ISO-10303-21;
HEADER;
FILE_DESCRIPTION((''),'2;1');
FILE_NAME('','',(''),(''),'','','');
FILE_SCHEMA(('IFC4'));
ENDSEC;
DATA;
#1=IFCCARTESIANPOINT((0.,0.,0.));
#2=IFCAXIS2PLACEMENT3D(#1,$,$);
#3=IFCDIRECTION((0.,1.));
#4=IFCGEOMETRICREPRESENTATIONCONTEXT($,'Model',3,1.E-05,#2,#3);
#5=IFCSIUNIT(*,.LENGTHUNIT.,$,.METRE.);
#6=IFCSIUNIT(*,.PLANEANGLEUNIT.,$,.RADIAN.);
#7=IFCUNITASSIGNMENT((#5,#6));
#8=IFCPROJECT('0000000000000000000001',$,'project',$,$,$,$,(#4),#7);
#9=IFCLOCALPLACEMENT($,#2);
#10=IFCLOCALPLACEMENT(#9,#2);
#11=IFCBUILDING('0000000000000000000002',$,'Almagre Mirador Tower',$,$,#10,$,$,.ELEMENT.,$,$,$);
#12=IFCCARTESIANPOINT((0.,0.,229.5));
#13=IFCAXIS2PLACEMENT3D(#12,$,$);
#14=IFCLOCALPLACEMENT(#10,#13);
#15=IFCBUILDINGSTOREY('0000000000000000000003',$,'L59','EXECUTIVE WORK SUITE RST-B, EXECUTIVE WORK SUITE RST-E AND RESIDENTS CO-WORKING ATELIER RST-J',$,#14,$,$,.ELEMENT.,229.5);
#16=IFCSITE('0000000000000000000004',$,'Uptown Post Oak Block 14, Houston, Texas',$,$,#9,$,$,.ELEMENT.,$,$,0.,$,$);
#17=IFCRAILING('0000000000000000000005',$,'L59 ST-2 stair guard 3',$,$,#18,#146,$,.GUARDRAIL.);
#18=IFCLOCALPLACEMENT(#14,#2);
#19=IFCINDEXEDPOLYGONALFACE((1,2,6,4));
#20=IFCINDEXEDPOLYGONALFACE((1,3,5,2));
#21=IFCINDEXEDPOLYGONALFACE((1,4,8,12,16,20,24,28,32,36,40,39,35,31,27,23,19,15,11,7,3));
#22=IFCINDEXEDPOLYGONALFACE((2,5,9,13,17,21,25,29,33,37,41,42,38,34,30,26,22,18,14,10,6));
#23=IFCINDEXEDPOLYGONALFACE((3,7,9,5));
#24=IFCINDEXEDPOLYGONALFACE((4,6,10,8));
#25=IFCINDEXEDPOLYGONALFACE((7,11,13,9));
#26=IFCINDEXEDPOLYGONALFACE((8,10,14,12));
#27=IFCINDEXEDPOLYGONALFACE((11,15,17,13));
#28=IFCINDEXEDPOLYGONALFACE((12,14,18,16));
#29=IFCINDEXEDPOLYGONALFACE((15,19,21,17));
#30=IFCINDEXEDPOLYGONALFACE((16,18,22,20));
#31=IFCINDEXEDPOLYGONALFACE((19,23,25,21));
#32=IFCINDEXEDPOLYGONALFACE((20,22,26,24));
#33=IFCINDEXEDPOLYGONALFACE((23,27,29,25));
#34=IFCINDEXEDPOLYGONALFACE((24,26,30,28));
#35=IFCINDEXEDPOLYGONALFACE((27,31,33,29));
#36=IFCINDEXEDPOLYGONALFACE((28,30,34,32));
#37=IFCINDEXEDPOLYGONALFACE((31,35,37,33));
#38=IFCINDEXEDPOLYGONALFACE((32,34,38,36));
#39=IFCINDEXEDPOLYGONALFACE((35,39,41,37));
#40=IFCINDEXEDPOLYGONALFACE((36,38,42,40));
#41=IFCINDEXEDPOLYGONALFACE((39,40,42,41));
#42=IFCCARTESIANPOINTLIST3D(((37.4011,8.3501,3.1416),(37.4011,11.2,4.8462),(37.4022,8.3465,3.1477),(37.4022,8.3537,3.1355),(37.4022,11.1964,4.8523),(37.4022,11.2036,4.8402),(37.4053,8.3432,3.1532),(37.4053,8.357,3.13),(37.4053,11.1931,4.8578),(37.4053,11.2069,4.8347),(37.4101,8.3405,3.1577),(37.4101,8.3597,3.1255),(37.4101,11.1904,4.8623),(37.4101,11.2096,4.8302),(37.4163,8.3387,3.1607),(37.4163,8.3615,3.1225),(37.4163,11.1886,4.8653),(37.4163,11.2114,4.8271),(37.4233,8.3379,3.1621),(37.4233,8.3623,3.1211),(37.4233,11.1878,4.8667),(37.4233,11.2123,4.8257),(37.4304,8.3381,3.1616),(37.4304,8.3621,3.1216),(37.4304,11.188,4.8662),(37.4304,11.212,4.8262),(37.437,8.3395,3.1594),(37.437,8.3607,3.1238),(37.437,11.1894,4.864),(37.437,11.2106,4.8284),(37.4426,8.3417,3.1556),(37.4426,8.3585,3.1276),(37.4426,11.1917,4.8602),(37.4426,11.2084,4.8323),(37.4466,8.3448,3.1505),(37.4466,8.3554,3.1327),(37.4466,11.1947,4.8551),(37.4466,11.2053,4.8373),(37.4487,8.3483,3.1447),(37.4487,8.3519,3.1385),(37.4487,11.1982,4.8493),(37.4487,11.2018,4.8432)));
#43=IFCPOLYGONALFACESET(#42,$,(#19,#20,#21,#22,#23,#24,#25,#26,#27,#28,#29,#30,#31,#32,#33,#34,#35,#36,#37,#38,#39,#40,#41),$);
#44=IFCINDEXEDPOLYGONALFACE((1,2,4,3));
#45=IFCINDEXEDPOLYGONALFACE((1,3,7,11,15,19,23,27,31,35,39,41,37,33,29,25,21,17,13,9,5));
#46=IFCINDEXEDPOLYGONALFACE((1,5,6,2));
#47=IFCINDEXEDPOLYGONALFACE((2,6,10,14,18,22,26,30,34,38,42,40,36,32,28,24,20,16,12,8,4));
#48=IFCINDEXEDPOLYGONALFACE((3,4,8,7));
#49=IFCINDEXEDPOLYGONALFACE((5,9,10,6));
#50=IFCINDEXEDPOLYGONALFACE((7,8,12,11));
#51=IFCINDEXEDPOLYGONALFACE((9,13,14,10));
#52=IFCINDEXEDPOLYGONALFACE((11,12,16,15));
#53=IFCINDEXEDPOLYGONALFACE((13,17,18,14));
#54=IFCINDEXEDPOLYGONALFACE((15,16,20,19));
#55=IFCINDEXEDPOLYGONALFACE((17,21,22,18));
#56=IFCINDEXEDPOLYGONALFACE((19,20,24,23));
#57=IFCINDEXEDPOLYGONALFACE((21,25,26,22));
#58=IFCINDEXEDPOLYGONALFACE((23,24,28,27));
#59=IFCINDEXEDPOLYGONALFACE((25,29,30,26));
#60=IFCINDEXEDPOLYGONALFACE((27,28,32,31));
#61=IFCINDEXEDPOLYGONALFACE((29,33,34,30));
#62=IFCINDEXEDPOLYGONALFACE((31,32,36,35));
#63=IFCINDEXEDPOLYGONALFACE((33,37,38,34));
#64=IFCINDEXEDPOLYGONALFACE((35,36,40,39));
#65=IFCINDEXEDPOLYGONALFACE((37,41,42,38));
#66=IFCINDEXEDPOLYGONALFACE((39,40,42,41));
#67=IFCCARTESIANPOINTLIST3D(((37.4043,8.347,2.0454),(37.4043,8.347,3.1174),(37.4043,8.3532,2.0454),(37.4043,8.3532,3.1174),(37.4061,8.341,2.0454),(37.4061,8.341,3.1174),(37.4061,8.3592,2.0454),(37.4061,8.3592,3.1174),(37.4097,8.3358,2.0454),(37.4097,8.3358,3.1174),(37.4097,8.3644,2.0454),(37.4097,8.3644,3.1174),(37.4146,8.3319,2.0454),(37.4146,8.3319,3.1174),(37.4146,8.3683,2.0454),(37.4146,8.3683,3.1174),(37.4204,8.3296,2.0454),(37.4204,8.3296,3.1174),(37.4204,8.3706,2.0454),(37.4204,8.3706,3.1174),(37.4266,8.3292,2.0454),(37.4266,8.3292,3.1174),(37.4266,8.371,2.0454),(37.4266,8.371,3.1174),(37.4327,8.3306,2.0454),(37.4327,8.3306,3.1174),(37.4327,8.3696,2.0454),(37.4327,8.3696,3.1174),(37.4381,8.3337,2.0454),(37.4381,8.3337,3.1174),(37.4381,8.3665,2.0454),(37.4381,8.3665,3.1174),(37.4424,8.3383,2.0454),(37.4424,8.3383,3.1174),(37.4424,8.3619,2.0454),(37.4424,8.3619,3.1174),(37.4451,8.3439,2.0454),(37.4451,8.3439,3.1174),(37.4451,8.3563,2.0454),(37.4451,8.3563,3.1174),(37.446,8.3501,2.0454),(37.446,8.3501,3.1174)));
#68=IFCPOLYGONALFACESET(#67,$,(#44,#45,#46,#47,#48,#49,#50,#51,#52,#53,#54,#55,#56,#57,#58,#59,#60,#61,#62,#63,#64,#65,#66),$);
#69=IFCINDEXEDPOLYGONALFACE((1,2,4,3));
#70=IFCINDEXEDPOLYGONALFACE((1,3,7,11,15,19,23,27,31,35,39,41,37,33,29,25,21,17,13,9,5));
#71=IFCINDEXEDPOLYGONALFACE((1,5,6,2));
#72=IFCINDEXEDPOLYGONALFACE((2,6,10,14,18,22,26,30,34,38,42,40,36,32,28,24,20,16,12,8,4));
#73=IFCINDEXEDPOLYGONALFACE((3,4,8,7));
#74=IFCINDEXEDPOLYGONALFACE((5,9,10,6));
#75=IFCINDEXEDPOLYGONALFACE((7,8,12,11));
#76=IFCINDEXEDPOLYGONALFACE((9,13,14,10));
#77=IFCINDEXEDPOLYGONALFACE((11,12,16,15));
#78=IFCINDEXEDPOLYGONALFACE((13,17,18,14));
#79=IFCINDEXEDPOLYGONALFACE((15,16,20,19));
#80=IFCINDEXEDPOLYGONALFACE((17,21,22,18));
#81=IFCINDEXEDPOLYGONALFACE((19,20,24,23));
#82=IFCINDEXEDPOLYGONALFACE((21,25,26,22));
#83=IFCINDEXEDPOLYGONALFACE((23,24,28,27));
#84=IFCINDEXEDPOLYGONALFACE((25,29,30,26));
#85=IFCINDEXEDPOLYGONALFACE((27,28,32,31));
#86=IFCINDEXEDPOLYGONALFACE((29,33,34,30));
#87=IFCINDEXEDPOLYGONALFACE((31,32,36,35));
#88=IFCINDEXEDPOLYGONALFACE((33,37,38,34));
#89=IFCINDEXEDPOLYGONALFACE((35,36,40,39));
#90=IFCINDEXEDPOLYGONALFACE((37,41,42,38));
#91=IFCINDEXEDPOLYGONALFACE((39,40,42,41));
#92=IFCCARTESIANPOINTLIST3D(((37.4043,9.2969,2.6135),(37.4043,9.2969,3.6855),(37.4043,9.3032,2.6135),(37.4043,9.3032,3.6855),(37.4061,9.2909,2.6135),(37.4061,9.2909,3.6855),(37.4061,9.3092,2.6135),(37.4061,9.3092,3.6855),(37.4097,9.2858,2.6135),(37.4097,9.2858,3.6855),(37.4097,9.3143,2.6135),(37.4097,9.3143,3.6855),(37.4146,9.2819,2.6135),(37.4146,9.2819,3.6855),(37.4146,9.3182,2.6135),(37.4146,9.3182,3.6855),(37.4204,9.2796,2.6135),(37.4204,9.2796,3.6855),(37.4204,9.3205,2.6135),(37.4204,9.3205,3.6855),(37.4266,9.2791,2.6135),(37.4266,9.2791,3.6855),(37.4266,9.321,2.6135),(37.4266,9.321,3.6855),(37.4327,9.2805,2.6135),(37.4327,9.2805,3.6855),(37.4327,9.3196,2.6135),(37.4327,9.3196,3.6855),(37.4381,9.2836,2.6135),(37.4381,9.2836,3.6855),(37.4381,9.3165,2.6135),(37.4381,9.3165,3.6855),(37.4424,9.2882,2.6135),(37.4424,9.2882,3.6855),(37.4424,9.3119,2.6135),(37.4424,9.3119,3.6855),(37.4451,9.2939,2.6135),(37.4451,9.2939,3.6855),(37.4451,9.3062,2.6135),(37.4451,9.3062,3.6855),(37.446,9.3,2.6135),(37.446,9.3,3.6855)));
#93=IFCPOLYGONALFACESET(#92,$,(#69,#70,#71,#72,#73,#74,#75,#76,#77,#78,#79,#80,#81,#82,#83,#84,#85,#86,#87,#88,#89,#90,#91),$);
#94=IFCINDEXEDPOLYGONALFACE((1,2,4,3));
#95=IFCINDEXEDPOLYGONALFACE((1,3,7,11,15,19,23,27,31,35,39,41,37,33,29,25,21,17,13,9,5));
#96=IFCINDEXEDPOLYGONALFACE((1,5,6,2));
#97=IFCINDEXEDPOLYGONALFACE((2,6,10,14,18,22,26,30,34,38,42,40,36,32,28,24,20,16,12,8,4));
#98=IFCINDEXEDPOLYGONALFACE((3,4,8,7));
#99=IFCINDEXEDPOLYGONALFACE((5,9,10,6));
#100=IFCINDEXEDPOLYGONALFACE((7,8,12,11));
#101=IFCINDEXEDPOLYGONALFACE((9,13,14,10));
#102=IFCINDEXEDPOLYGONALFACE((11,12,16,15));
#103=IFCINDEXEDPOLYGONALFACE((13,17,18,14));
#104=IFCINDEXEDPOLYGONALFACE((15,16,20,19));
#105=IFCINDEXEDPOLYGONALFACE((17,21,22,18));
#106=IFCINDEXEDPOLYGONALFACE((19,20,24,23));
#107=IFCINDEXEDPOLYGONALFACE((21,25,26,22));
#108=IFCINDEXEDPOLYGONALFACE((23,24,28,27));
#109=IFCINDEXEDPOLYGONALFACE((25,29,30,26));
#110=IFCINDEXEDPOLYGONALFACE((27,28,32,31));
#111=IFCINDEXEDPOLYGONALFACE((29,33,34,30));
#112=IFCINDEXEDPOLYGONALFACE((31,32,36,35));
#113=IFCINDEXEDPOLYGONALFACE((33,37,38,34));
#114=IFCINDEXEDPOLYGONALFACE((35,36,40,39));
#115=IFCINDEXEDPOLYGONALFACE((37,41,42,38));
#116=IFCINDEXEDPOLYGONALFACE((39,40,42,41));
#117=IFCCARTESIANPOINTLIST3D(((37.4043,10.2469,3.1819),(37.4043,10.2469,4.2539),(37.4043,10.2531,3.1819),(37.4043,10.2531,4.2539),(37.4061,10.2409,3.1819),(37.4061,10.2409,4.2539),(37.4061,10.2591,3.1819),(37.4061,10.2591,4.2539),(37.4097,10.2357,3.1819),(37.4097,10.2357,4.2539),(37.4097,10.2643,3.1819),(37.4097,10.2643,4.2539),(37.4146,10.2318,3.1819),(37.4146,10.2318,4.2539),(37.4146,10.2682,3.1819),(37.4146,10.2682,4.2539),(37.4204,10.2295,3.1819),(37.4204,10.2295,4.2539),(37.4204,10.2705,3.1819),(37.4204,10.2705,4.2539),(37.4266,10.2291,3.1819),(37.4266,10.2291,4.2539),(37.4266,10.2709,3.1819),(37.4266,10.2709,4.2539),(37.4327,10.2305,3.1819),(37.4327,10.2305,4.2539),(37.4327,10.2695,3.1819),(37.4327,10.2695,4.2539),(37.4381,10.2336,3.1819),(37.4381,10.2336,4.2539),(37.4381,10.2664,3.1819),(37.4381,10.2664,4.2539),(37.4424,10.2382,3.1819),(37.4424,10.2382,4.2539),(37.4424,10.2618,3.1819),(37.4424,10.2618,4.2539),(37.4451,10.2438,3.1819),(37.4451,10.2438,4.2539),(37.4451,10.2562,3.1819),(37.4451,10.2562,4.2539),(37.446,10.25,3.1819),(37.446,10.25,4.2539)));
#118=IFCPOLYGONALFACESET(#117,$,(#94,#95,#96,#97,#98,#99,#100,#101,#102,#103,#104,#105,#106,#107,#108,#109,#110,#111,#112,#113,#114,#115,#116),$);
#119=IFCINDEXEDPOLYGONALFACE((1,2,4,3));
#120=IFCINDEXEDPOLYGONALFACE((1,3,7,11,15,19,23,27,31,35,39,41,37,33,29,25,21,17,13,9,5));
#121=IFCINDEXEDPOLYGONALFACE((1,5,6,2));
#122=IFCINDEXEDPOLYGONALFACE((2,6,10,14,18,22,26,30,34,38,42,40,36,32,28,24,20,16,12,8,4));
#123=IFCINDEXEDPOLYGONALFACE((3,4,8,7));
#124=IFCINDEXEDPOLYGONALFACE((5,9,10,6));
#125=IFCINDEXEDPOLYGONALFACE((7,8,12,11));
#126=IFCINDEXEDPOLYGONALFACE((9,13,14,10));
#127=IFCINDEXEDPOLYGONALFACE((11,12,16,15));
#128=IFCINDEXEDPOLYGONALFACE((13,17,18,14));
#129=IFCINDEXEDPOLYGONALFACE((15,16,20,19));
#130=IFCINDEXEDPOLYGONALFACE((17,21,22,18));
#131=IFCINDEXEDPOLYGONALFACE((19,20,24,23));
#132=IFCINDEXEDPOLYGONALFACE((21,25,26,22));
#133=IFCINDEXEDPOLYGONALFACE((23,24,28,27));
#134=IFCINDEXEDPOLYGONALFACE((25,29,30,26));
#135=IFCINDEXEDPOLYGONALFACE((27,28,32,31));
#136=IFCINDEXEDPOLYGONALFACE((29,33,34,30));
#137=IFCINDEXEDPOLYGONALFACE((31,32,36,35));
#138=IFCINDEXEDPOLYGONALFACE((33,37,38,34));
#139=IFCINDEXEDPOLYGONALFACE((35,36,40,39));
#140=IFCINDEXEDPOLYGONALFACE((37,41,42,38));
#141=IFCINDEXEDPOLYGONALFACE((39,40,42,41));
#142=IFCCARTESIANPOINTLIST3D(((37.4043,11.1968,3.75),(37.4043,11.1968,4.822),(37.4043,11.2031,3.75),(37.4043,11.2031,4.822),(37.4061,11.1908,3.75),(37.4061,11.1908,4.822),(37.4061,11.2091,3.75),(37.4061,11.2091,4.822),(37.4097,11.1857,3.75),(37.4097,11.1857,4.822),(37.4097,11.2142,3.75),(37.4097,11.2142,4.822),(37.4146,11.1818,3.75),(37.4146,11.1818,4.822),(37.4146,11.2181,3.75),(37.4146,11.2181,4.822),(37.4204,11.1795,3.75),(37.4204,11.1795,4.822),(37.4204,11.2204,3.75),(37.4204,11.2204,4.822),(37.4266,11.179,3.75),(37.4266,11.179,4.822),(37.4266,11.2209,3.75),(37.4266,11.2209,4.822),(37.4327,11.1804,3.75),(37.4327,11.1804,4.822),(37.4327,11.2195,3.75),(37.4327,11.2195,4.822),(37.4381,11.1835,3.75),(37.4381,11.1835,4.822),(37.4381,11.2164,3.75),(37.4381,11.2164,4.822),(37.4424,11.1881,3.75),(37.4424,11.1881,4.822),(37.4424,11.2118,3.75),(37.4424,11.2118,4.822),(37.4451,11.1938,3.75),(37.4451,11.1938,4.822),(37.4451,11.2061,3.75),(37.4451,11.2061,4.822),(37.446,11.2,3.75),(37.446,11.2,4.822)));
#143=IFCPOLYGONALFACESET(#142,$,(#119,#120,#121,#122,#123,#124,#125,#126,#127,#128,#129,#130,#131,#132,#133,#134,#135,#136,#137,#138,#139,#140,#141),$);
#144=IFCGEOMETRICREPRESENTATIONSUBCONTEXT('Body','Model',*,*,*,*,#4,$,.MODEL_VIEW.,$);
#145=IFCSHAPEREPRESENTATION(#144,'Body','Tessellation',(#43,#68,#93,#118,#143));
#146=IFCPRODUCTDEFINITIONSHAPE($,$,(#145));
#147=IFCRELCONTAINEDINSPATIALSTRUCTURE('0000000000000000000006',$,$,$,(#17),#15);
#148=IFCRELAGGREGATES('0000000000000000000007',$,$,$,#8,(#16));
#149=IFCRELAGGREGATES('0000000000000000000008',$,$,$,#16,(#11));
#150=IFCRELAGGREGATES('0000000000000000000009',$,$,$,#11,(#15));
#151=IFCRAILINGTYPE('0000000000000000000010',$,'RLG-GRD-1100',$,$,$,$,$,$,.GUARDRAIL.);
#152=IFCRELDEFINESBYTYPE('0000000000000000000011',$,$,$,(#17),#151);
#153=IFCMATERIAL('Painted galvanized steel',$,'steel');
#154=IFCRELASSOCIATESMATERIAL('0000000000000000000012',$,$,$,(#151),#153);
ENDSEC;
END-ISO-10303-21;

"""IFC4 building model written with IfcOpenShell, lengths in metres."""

from ifc_helpers import new_model, si_unit, direction, frame, origin, origin_2d, place, context, subcontext, project, spatial, circle, extrude, material, type_object, element, save


model = new_model("IFC4")

# Units and contexts
model_context = context("Model", 3, precision=1e-05, world=origin(), true_north=direction((0.0, 1.0)))
body_context = subcontext(model_context, "Body", "Model", "MODEL_VIEW")
ifc_project = project(units=[si_unit("LENGTHUNIT", "METRE"), si_unit("PLANEANGLEUNIT", "RADIAN")], contexts=[model_context])

# Site, building, storey
site_placement = place(None, origin())
site = spatial("IfcSite", under=ifc_project, at=site_placement, Name="Uptown Post Oak Block 14, Houston, Texas", CompositionType="ELEMENT", RefElevation=0.0)
building_placement = place(site_placement, origin())
building = spatial("IfcBuilding", under=site, at=building_placement, Name="Almagre Mirador Tower", CompositionType="ELEMENT")
storey_placement = place(building_placement, frame((0.0, 0.0, 229.5)))
storey = spatial("IfcBuildingStorey", under=building, at=storey_placement, Name="L59", Description="EXECUTIVE WORK SUITE RST-B, EXECUTIVE WORK SUITE RST-E AND RESIDENTS CO-WORKING ATELIER RST-J", CompositionType="ELEMENT", Elevation=229.5)

# Railing
ifc_material_1 = material(Name="Painted galvanized steel", Category="steel")
railing_type_1 = type_object("IfcRailingType", Name="RLG-GRD-1100", PredefinedType="GUARDRAIL", material=ifc_material_1)
railing_1_placement = place(storey_placement, frame((37.425, 8.3501, 2.0454)))
element("IfcRailing", 1, at=railing_1_placement, inside=storey, type_object=railing_type_1, Name="L59 ST-2 stair guard 3", PredefinedType="GUARDRAIL", context=body_context, shape_type="SweptSolid", body=[
    extrude(circle(Radius=0.0239, at=origin_2d()), frame((0.0, 0.0, 1.0962), z_axis=(0.0, 0.858199, 0.513317), x_axis=(-1.0, 0.0, 0.0)), (0.0, 0.0, 1.0), 3.3208),
    extrude(circle(Radius=0.021, at=origin_2d()), origin(), (0.0, 0.0, 1.0), 1.072),
    extrude(circle(Radius=0.021, at=origin_2d()), frame((0.0, 0.95, 0.5681)), (0.0, 0.0, 1.0), 1.072),
    extrude(circle(Radius=0.021, at=origin_2d()), frame((0.0, 1.8999, 1.1365)), (0.0, 0.0, 1.0), 1.072),
    extrude(circle(Radius=0.021, at=origin_2d()), frame((0.0, 2.8499, 1.7046)), (0.0, 0.0, 1.0), 1.072),
])

save(model, "model.ifc")
